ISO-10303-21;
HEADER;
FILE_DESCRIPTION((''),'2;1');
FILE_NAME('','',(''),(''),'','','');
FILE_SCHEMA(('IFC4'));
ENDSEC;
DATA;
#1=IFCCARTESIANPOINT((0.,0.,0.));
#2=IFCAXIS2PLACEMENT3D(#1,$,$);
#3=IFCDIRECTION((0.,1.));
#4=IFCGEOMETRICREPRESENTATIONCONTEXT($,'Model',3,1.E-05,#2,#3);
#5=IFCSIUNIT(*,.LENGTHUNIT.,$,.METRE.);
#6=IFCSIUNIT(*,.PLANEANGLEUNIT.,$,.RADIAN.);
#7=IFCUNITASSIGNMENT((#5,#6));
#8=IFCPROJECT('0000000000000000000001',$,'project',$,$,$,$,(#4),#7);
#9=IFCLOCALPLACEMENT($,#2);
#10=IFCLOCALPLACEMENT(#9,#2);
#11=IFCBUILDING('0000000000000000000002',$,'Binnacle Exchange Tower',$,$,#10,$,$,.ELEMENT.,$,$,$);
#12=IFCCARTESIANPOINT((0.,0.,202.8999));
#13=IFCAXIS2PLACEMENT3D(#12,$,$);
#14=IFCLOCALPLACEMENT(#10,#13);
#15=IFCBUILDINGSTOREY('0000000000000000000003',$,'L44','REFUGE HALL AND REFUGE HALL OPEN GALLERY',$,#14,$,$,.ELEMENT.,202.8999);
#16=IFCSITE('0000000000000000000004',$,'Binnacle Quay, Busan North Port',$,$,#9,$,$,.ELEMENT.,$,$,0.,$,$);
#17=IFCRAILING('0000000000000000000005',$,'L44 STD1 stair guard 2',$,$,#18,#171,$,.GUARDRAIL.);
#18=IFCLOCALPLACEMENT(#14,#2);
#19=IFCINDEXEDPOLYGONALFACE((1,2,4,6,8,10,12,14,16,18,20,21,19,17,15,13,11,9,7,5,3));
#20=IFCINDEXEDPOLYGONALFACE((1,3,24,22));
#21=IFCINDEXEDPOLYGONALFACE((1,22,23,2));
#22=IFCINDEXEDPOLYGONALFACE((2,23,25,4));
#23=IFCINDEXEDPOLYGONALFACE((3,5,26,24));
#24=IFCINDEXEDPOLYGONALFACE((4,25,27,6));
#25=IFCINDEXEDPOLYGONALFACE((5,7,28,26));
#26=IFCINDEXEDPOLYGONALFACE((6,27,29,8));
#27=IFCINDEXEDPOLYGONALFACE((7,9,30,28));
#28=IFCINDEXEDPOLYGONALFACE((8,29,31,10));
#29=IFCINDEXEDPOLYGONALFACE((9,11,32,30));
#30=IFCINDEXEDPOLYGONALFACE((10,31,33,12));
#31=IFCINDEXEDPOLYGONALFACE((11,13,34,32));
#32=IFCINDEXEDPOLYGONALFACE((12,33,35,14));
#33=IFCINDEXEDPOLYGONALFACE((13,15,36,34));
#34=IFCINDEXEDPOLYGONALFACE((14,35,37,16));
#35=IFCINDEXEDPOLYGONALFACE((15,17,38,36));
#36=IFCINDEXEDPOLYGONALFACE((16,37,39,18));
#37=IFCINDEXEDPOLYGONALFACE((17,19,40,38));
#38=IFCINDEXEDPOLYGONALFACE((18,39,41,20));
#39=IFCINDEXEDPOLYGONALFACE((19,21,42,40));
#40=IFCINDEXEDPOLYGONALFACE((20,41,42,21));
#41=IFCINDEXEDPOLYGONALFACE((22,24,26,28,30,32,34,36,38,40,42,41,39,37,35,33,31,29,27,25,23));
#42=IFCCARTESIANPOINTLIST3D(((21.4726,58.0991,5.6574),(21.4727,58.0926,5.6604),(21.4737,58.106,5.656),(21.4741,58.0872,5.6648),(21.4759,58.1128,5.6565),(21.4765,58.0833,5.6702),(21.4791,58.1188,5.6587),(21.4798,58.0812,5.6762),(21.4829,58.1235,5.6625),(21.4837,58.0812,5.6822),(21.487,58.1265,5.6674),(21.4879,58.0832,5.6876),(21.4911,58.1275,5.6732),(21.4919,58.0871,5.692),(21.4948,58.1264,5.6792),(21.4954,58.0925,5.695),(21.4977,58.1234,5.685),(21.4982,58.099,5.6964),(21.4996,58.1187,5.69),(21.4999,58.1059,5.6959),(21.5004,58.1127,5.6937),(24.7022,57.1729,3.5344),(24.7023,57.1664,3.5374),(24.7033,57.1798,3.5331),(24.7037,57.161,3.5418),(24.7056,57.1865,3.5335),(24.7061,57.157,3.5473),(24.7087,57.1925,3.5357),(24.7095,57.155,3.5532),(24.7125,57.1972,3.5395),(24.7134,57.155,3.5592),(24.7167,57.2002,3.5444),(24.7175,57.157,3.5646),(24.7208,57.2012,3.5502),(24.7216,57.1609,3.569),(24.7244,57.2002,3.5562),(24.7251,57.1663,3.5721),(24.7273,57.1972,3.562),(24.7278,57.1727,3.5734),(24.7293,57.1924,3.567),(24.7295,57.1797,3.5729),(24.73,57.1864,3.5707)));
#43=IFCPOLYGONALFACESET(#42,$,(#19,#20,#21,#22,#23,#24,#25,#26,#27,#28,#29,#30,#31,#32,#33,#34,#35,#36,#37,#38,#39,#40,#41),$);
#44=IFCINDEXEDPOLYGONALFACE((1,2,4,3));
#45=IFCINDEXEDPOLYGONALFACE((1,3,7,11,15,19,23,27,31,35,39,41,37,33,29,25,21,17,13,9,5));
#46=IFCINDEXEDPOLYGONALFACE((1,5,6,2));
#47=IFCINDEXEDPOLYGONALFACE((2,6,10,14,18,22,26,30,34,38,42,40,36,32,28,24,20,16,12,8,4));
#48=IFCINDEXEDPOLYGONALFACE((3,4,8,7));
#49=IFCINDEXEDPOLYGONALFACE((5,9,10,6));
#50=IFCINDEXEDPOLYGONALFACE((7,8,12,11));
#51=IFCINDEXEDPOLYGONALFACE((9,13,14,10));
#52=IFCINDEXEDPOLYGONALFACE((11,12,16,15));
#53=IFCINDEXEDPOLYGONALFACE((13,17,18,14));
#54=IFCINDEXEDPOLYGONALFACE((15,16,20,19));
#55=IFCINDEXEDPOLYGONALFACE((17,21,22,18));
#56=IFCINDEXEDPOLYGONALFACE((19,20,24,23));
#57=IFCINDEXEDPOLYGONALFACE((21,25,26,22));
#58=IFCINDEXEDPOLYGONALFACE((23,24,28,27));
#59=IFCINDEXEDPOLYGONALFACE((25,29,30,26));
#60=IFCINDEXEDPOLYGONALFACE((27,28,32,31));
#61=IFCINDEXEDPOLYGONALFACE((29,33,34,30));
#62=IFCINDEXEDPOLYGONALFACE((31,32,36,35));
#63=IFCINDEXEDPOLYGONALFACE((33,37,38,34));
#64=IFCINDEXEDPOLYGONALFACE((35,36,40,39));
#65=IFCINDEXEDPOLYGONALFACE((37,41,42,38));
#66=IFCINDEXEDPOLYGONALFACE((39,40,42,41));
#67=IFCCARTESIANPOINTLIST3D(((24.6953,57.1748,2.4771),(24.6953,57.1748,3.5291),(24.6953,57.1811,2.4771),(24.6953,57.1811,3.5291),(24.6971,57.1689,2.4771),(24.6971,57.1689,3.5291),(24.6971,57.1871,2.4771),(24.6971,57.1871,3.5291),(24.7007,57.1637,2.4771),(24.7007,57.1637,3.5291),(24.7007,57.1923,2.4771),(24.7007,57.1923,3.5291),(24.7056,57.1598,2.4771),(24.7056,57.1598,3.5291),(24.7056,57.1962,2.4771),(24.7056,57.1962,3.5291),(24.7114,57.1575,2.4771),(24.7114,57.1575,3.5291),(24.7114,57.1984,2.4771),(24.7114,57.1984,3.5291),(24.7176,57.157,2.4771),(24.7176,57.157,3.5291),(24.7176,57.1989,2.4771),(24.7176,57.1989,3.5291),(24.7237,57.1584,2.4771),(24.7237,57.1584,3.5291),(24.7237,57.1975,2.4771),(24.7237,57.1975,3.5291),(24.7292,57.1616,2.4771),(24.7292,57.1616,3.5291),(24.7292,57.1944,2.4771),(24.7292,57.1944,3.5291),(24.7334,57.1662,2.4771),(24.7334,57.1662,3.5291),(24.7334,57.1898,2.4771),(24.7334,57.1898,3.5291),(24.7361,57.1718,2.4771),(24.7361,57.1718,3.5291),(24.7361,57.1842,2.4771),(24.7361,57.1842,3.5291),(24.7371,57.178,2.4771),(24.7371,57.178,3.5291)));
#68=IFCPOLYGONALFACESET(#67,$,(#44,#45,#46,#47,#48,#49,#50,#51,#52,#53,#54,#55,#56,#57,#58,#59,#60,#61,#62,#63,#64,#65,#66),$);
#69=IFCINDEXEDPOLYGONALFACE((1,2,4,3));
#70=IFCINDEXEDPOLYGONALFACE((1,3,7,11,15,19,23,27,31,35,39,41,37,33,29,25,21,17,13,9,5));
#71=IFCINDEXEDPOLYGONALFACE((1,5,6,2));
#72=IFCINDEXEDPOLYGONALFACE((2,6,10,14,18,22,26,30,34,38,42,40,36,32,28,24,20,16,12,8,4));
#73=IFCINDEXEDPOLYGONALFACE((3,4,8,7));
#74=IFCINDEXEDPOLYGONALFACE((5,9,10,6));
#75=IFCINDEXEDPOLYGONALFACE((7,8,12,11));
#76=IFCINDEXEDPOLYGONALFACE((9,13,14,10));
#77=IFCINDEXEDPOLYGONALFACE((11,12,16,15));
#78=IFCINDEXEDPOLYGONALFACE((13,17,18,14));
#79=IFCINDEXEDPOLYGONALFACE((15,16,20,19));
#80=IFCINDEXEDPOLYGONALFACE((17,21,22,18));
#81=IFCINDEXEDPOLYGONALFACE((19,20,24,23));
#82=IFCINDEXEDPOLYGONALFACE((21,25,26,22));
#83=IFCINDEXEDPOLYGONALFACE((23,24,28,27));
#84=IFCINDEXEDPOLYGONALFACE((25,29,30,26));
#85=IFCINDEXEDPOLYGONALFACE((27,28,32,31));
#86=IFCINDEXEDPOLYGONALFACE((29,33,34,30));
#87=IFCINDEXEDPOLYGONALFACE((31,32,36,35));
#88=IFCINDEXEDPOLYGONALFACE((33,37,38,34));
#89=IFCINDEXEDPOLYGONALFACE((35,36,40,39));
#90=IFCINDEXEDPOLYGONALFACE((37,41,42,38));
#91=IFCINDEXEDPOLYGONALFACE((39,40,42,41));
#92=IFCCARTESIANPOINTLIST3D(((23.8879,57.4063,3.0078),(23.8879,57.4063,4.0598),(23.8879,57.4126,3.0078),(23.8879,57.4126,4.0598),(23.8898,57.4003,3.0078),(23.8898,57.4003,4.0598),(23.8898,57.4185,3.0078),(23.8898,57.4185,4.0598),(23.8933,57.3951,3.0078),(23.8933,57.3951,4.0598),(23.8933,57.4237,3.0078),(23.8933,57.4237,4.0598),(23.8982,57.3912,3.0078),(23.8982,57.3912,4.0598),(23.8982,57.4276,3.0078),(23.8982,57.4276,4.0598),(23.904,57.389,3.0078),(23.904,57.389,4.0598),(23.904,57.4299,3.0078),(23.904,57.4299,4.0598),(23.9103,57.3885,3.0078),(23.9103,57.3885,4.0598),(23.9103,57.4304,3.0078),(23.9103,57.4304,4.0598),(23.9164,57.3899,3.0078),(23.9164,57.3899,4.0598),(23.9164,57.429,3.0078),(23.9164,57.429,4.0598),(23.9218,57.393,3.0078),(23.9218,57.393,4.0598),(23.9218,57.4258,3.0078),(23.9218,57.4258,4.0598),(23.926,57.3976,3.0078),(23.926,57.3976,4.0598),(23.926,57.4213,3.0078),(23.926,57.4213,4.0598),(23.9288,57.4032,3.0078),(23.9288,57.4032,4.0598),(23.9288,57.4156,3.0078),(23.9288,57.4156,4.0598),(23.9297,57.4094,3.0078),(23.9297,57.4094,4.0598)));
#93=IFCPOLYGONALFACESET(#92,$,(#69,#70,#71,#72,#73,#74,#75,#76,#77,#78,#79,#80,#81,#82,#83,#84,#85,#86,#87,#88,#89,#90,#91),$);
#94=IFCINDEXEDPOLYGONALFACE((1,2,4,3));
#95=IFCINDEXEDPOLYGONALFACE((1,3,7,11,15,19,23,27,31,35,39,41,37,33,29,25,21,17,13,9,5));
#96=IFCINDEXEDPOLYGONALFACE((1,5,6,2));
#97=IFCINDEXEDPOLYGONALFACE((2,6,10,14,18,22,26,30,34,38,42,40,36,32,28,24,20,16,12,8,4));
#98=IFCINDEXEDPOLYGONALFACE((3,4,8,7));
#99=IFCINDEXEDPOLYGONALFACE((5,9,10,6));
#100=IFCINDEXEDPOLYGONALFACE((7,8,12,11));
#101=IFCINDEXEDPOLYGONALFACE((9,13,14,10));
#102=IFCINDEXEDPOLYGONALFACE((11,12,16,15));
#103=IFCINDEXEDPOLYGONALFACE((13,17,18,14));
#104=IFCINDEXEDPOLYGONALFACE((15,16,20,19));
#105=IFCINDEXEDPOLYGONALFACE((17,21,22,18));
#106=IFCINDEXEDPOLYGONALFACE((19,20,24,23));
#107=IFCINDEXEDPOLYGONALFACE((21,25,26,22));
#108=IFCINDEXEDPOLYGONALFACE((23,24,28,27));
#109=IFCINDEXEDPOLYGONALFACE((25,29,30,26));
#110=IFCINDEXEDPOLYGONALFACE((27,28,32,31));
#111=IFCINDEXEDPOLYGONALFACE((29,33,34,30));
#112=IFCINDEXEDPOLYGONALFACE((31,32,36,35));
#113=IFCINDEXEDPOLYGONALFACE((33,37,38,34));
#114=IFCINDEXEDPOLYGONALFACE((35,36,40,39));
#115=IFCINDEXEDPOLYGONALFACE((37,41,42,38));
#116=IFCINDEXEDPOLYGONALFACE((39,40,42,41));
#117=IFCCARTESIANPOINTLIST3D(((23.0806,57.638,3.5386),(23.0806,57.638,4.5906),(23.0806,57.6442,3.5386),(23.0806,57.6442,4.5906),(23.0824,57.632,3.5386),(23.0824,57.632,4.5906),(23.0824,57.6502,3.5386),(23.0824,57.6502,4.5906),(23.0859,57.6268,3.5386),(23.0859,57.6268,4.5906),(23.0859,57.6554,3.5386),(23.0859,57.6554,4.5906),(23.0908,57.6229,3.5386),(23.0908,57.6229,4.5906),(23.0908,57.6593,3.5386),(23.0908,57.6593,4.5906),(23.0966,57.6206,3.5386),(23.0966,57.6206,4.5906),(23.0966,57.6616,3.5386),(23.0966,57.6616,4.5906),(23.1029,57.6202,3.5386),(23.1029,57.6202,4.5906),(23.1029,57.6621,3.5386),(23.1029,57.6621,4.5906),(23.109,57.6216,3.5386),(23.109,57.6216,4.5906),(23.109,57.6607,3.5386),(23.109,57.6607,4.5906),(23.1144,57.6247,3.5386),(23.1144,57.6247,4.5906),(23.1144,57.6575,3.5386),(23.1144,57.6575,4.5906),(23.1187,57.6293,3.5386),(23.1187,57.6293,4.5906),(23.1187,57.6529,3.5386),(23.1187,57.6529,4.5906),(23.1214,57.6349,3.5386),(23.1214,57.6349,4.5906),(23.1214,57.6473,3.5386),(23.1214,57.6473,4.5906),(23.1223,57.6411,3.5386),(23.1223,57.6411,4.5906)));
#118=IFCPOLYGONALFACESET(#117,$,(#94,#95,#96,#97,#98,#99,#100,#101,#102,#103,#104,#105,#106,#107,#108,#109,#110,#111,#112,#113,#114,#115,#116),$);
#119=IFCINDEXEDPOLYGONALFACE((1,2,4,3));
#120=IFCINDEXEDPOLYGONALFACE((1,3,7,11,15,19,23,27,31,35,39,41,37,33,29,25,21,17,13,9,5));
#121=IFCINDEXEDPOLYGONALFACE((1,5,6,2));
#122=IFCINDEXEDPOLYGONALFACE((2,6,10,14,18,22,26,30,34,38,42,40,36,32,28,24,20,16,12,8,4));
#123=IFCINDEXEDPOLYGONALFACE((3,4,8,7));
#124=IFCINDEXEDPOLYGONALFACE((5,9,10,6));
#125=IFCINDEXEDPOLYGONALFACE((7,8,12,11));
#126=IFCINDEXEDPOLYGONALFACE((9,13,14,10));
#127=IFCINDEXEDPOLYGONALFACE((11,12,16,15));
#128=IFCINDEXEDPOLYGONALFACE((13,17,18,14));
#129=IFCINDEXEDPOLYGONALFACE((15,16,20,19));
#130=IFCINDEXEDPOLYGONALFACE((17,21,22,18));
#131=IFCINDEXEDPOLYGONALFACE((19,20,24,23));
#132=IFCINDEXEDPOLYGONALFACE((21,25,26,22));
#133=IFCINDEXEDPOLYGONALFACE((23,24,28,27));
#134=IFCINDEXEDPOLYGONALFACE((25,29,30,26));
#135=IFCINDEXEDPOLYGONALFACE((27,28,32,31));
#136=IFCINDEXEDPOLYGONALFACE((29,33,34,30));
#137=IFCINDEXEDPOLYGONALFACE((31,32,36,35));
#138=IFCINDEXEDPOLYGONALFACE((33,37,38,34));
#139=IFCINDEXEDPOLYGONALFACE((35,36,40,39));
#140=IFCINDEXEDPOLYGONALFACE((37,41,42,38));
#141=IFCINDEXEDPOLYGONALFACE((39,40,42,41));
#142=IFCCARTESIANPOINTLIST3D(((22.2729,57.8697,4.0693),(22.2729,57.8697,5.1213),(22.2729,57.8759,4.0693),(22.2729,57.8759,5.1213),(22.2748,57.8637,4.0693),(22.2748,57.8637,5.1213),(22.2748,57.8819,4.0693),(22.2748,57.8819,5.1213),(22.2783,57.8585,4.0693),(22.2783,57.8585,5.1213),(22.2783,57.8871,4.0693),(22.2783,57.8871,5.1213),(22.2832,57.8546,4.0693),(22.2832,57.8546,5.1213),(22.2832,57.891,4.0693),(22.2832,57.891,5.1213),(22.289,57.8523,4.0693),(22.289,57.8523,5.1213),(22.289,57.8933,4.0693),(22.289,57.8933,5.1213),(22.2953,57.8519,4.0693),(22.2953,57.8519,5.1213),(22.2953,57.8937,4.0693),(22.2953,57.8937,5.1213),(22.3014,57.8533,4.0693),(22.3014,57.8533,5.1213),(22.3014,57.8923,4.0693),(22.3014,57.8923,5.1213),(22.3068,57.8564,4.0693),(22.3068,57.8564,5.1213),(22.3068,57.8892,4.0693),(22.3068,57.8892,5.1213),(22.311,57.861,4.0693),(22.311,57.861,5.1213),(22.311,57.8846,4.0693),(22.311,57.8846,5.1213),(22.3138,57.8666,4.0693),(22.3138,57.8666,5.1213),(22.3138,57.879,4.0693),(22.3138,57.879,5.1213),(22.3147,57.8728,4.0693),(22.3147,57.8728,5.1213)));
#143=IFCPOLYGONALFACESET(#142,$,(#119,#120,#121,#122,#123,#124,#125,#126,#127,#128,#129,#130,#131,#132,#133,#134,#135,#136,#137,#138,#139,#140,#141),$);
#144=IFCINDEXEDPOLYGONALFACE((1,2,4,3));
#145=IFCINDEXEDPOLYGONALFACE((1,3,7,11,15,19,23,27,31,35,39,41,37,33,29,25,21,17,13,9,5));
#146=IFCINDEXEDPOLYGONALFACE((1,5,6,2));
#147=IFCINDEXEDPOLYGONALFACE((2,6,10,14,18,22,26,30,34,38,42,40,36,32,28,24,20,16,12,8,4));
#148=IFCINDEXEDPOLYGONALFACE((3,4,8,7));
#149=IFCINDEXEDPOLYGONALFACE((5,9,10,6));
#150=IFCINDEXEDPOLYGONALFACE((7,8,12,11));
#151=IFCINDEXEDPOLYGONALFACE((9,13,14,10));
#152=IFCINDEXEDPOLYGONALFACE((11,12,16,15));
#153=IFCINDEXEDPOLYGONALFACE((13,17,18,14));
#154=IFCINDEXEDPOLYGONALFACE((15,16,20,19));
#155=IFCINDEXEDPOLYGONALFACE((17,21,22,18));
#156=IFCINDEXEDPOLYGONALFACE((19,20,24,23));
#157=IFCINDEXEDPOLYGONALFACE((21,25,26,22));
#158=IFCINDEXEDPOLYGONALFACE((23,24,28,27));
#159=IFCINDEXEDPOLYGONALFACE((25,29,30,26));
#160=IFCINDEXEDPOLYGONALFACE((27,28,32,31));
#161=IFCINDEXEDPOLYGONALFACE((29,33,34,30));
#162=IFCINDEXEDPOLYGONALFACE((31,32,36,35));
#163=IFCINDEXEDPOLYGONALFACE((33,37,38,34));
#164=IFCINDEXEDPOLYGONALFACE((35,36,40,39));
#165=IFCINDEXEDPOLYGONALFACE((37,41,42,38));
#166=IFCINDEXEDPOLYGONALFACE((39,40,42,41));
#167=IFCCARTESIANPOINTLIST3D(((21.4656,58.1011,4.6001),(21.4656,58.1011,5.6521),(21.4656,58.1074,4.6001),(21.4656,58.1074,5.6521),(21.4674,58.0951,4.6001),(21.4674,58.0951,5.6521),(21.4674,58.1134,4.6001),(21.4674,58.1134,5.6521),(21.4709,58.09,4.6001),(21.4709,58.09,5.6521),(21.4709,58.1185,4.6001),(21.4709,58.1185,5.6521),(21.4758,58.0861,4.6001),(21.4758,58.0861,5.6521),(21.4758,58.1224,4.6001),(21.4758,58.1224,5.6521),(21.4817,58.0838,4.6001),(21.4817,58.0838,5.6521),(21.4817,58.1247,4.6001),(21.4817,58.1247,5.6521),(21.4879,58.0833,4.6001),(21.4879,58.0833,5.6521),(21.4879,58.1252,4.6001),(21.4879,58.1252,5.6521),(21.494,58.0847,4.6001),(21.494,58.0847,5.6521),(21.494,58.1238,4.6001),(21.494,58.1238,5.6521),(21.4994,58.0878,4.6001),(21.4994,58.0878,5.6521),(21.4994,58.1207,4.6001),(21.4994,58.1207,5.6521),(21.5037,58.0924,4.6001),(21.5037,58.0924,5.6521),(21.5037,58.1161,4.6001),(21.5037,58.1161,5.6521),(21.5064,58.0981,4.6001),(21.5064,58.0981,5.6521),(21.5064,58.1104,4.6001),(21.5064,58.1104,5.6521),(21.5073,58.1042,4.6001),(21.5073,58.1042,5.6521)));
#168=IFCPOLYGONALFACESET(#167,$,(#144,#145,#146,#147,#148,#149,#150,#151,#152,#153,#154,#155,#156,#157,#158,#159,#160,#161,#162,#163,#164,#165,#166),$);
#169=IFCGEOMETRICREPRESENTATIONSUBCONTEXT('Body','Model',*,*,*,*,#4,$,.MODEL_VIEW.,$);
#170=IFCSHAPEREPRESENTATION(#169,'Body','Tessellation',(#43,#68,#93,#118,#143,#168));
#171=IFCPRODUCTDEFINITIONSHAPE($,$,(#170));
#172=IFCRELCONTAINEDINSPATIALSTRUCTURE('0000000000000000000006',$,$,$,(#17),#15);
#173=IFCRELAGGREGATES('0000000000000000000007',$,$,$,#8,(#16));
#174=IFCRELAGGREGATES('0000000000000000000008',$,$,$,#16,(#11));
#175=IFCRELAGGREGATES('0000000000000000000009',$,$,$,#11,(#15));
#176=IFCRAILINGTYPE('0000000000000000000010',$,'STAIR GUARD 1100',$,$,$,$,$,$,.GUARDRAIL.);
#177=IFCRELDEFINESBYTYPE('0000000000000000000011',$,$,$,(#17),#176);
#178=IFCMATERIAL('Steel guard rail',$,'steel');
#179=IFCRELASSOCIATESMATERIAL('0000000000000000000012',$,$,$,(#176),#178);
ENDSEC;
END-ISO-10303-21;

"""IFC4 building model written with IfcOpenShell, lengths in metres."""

from ifc_helpers import new_model, si_unit, direction, frame, origin, origin_2d, place, context, subcontext, project, spatial, circle, extrude, material, type_object, element, save


model = new_model("IFC4")

# Units and contexts
model_context = context("Model", 3, precision=1e-05, world=origin(), true_north=direction((0.0, 1.0)))
body_context = subcontext(model_context, "Body", "Model", "MODEL_VIEW")
ifc_project = project(units=[si_unit("LENGTHUNIT", "METRE"), si_unit("PLANEANGLEUNIT", "RADIAN")], contexts=[model_context])

# Site, building, storey
site_placement = place(None, origin())
site = spatial("IfcSite", under=ifc_project, at=site_placement, Name="Binnacle Quay, Busan North Port", CompositionType="ELEMENT", RefElevation=0.0)
building_placement = place(site_placement, origin())
building = spatial("IfcBuilding", under=site, at=building_placement, Name="Binnacle Exchange Tower", CompositionType="ELEMENT")
storey_placement = place(building_placement, frame((0.0, 0.0, 202.8999)))
storey = spatial("IfcBuildingStorey", under=building, at=storey_placement, Name="L44", Description="REFUGE HALL AND REFUGE HALL OPEN GALLERY", CompositionType="ELEMENT", Elevation=202.8999)

# Railing
ifc_material_1 = material(Name="Steel guard rail", Category="steel")
railing_type_1 = type_object("IfcRailingType", Name="STAIR GUARD 1100", PredefinedType="GUARDRAIL", material=ifc_material_1)
railing_1_placement = place(storey_placement, frame((24.7161, 57.178, 2.4771)))
element("IfcRailing", 1, at=railing_1_placement, inside=storey, type_object=railing_type_1, Name="L44 STD1 stair guard 2", PredefinedType="GUARDRAIL", context=body_context, shape_type="SweptSolid", body=[
    extrude(circle(Radius=0.0239, at=origin_2d()), frame((0.0, 0.0, 1.0762), z_axis=(-0.812618, 0.233054, 0.53417), x_axis=(-0.275681, -0.961249, 0.0)), (0.0, 0.0, 1.0), 3.9744),
    extrude(circle(Radius=0.021, at=origin_2d()), origin(), (0.0, 0.0, 1.0), 1.052),
    extrude(circle(Radius=0.021, at=origin_2d()), frame((-0.8074, 0.2314, 0.5308)), (0.0, 0.0, 1.0), 1.052),
    extrude(circle(Radius=0.021, at=origin_2d()), frame((-1.6147, 0.4631, 1.0615)), (0.0, 0.0, 1.0), 1.052),
    extrude(circle(Radius=0.021, at=origin_2d()), frame((-2.4224, 0.6948, 1.5923)), (0.0, 0.0, 1.0), 1.052),
    extrude(circle(Radius=0.021, at=origin_2d()), frame((-3.2297, 0.9263, 2.123)), (0.0, 0.0, 1.0), 1.052),
])

save(model, "model.ifc")
